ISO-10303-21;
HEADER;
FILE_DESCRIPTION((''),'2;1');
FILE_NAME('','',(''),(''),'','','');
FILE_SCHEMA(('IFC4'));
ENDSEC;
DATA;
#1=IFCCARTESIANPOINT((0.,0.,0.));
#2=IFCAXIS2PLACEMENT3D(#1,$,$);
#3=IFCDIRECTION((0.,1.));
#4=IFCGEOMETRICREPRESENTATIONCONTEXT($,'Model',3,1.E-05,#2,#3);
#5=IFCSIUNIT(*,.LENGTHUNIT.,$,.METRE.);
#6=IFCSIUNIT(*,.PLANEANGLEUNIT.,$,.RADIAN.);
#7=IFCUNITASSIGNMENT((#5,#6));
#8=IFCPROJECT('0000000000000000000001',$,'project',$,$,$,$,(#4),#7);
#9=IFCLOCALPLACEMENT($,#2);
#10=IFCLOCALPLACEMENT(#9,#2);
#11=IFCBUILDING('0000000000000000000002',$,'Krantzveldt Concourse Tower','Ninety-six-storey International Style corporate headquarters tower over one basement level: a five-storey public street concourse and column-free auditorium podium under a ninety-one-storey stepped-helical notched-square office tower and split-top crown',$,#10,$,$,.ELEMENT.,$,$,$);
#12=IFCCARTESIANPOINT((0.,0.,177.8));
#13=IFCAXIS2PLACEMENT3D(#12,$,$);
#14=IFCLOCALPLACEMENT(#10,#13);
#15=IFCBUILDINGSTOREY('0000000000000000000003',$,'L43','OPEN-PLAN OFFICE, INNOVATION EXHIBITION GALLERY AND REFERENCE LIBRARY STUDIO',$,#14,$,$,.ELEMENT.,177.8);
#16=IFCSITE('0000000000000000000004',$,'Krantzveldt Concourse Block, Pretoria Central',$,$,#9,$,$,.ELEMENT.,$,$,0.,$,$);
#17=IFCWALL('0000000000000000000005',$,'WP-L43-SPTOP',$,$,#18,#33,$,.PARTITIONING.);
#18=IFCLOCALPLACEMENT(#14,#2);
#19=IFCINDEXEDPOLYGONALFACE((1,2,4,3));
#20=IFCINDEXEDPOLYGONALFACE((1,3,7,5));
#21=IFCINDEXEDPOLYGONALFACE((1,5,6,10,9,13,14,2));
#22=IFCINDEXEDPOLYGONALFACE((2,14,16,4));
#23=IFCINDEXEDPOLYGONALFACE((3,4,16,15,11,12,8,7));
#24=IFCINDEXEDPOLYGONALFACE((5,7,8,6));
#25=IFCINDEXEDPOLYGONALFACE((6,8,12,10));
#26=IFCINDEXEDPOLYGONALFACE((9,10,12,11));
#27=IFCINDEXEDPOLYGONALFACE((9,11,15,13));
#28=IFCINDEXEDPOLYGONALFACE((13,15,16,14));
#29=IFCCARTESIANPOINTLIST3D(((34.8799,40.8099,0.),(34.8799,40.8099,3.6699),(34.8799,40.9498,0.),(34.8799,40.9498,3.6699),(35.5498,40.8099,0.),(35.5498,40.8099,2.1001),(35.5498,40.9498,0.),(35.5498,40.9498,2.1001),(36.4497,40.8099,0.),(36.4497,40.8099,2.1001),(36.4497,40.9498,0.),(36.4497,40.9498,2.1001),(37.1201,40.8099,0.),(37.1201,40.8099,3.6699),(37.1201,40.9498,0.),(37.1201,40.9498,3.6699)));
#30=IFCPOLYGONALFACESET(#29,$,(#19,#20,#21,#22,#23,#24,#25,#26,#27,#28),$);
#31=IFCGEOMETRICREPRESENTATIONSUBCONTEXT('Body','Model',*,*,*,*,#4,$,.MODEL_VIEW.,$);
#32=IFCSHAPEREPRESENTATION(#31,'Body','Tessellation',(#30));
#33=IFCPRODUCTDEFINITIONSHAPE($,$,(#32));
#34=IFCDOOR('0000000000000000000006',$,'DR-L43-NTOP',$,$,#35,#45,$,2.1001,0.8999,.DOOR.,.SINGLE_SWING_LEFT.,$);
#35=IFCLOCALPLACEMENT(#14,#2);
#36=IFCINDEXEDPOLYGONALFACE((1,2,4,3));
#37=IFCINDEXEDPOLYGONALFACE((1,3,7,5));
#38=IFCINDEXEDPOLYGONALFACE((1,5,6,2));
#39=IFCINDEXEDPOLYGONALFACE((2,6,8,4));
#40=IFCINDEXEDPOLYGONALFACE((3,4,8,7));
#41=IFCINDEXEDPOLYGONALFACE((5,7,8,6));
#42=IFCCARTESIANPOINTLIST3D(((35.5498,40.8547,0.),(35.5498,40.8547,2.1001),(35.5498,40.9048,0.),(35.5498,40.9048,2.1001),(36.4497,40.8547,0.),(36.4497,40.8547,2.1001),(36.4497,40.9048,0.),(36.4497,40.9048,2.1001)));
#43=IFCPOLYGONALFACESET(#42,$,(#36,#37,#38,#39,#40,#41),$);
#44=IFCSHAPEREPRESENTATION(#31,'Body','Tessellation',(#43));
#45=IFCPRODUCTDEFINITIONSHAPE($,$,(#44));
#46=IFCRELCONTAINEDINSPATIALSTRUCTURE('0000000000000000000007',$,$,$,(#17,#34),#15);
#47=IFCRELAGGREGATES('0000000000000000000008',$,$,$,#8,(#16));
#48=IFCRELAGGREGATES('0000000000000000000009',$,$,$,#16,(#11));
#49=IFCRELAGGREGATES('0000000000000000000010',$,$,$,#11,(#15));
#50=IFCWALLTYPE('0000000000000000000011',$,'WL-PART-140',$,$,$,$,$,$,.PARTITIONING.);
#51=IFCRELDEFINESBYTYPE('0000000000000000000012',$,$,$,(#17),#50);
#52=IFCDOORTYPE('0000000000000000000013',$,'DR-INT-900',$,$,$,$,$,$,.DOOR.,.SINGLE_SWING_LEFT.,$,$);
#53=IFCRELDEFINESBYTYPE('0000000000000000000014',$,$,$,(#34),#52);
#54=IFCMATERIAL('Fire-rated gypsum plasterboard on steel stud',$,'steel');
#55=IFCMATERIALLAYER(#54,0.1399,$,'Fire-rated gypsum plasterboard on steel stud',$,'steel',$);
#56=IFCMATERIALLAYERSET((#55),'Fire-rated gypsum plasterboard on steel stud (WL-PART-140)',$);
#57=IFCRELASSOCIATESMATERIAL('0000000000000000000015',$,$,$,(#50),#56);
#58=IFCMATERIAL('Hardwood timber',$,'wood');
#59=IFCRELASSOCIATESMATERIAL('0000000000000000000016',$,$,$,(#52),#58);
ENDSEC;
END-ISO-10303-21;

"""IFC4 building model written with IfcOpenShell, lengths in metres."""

from ifc_helpers import new_model, si_unit, direction, frame, frame_2d, origin, place, context, subcontext, project, spatial, rectangle, extrude, material, layer, layer_set, type_object, element, fill, save


model = new_model("IFC4")

# Units and contexts
model_context = context("Model", 3, precision=1e-05, world=origin(), true_north=direction((0.0, 1.0)))
body_context = subcontext(model_context, "Body", "Model", "MODEL_VIEW")
ifc_project = project(units=[si_unit("LENGTHUNIT", "METRE"), si_unit("PLANEANGLEUNIT", "RADIAN")], contexts=[model_context])

# Site, building, storey
site_placement = place(None, origin())
site = spatial("IfcSite", under=ifc_project, at=site_placement, Name="Krantzveldt Concourse Block, Pretoria Central", CompositionType="ELEMENT", RefElevation=0.0)
building_placement = place(site_placement, origin())
building = spatial("IfcBuilding", under=site, at=building_placement, Name="Krantzveldt Concourse Tower", Description="Ninety-six-storey International Style corporate headquarters tower over one basement level: a five-storey public street concourse and column-free auditorium podium under a ninety-one-storey stepped-helical notched-square office tower and split-top crown", CompositionType="ELEMENT")
storey_placement = place(building_placement, frame((0.0, 0.0, 177.8)))
storey = spatial("IfcBuildingStorey", under=building, at=storey_placement, Name="L43", Description="OPEN-PLAN OFFICE, INNOVATION EXHIBITION GALLERY AND REFERENCE LIBRARY STUDIO", CompositionType="ELEMENT", Elevation=177.8)

# Shared definitions
ifc_material_1 = material(Name="Fire-rated gypsum plasterboard on steel stud", Category="steel")

# Wall, opening, door
ifc_layer_1 = layer(ifc_material_1, 0.1399, Name="Fire-rated gypsum plasterboard on steel stud", Category="steel")
ifc_layer_set_1 = layer_set([ifc_layer_1], Name="Fire-rated gypsum plasterboard on steel stud (WL-PART-140)")
wall_type_1 = type_object("IfcWallType", Name="WL-PART-140", PredefinedType="PARTITIONING", material=ifc_layer_set_1)
wall_1_placement = place(storey_placement, frame((34.8799, 40.8799, 0.0), z_axis=(0.0, 0.0, 1.0), x_axis=(1.0, 0.0, 0.0)))
wall_1 = element("IfcWall", 1, at=wall_1_placement, inside=storey, type_object=wall_type_1, Name="WP-L43-SPTOP", PredefinedType="PARTITIONING", context=body_context, shape_type="SweptSolid", body=[
    extrude(rectangle(XDim=2.2402, YDim=0.1399, at=frame_2d((1.1201, 0.0))), origin(), (0.0, 0.0, 1.0), 3.6699),
])
opening_placement = place(wall_1_placement, frame((0.6699, 0.0, 0.0)))
opening = element("IfcOpeningElement", 2, at=opening_placement, cuts=wall_1, PredefinedType="OPENING", context=body_context, shape_type="SweptSolid", body=[
    extrude(rectangle(XDim=0.8999, YDim=2.1001, at=frame_2d((0.45, 1.05))), frame((0.0, 0.0801, 0.0), z_axis=(0.0, -1.0, 0.0), x_axis=(1.0, 0.0, 0.0)), (0.0, 0.0, 1.0), 0.1599),
])
ifc_material_2 = material(Name="Hardwood timber", Category="wood")
door_type = type_object("IfcDoorType", Name="DR-INT-900", OperationType="SINGLE_SWING_LEFT", PredefinedType="DOOR", material=ifc_material_2)
door_placement = place(opening_placement, origin())
door = element("IfcDoor", 3, at=door_placement, inside=storey, type_object=door_type, Name="DR-L43-NTOP", OperationType="SINGLE_SWING_LEFT", OverallHeight=2.1001, OverallWidth=0.8999, PredefinedType="DOOR", context=body_context, shape_type="SweptSolid", body=[
    extrude(rectangle(XDim=0.8999, YDim=2.1001, at=frame_2d((0.45, 1.05))), frame((0.0, 0.0249, 0.0), z_axis=(0.0, -1.0, 0.0), x_axis=(1.0, 0.0, 0.0)), (0.0, 0.0, 1.0), 0.05),
])
fill(opening, door)

save(model, "model.ifc")
